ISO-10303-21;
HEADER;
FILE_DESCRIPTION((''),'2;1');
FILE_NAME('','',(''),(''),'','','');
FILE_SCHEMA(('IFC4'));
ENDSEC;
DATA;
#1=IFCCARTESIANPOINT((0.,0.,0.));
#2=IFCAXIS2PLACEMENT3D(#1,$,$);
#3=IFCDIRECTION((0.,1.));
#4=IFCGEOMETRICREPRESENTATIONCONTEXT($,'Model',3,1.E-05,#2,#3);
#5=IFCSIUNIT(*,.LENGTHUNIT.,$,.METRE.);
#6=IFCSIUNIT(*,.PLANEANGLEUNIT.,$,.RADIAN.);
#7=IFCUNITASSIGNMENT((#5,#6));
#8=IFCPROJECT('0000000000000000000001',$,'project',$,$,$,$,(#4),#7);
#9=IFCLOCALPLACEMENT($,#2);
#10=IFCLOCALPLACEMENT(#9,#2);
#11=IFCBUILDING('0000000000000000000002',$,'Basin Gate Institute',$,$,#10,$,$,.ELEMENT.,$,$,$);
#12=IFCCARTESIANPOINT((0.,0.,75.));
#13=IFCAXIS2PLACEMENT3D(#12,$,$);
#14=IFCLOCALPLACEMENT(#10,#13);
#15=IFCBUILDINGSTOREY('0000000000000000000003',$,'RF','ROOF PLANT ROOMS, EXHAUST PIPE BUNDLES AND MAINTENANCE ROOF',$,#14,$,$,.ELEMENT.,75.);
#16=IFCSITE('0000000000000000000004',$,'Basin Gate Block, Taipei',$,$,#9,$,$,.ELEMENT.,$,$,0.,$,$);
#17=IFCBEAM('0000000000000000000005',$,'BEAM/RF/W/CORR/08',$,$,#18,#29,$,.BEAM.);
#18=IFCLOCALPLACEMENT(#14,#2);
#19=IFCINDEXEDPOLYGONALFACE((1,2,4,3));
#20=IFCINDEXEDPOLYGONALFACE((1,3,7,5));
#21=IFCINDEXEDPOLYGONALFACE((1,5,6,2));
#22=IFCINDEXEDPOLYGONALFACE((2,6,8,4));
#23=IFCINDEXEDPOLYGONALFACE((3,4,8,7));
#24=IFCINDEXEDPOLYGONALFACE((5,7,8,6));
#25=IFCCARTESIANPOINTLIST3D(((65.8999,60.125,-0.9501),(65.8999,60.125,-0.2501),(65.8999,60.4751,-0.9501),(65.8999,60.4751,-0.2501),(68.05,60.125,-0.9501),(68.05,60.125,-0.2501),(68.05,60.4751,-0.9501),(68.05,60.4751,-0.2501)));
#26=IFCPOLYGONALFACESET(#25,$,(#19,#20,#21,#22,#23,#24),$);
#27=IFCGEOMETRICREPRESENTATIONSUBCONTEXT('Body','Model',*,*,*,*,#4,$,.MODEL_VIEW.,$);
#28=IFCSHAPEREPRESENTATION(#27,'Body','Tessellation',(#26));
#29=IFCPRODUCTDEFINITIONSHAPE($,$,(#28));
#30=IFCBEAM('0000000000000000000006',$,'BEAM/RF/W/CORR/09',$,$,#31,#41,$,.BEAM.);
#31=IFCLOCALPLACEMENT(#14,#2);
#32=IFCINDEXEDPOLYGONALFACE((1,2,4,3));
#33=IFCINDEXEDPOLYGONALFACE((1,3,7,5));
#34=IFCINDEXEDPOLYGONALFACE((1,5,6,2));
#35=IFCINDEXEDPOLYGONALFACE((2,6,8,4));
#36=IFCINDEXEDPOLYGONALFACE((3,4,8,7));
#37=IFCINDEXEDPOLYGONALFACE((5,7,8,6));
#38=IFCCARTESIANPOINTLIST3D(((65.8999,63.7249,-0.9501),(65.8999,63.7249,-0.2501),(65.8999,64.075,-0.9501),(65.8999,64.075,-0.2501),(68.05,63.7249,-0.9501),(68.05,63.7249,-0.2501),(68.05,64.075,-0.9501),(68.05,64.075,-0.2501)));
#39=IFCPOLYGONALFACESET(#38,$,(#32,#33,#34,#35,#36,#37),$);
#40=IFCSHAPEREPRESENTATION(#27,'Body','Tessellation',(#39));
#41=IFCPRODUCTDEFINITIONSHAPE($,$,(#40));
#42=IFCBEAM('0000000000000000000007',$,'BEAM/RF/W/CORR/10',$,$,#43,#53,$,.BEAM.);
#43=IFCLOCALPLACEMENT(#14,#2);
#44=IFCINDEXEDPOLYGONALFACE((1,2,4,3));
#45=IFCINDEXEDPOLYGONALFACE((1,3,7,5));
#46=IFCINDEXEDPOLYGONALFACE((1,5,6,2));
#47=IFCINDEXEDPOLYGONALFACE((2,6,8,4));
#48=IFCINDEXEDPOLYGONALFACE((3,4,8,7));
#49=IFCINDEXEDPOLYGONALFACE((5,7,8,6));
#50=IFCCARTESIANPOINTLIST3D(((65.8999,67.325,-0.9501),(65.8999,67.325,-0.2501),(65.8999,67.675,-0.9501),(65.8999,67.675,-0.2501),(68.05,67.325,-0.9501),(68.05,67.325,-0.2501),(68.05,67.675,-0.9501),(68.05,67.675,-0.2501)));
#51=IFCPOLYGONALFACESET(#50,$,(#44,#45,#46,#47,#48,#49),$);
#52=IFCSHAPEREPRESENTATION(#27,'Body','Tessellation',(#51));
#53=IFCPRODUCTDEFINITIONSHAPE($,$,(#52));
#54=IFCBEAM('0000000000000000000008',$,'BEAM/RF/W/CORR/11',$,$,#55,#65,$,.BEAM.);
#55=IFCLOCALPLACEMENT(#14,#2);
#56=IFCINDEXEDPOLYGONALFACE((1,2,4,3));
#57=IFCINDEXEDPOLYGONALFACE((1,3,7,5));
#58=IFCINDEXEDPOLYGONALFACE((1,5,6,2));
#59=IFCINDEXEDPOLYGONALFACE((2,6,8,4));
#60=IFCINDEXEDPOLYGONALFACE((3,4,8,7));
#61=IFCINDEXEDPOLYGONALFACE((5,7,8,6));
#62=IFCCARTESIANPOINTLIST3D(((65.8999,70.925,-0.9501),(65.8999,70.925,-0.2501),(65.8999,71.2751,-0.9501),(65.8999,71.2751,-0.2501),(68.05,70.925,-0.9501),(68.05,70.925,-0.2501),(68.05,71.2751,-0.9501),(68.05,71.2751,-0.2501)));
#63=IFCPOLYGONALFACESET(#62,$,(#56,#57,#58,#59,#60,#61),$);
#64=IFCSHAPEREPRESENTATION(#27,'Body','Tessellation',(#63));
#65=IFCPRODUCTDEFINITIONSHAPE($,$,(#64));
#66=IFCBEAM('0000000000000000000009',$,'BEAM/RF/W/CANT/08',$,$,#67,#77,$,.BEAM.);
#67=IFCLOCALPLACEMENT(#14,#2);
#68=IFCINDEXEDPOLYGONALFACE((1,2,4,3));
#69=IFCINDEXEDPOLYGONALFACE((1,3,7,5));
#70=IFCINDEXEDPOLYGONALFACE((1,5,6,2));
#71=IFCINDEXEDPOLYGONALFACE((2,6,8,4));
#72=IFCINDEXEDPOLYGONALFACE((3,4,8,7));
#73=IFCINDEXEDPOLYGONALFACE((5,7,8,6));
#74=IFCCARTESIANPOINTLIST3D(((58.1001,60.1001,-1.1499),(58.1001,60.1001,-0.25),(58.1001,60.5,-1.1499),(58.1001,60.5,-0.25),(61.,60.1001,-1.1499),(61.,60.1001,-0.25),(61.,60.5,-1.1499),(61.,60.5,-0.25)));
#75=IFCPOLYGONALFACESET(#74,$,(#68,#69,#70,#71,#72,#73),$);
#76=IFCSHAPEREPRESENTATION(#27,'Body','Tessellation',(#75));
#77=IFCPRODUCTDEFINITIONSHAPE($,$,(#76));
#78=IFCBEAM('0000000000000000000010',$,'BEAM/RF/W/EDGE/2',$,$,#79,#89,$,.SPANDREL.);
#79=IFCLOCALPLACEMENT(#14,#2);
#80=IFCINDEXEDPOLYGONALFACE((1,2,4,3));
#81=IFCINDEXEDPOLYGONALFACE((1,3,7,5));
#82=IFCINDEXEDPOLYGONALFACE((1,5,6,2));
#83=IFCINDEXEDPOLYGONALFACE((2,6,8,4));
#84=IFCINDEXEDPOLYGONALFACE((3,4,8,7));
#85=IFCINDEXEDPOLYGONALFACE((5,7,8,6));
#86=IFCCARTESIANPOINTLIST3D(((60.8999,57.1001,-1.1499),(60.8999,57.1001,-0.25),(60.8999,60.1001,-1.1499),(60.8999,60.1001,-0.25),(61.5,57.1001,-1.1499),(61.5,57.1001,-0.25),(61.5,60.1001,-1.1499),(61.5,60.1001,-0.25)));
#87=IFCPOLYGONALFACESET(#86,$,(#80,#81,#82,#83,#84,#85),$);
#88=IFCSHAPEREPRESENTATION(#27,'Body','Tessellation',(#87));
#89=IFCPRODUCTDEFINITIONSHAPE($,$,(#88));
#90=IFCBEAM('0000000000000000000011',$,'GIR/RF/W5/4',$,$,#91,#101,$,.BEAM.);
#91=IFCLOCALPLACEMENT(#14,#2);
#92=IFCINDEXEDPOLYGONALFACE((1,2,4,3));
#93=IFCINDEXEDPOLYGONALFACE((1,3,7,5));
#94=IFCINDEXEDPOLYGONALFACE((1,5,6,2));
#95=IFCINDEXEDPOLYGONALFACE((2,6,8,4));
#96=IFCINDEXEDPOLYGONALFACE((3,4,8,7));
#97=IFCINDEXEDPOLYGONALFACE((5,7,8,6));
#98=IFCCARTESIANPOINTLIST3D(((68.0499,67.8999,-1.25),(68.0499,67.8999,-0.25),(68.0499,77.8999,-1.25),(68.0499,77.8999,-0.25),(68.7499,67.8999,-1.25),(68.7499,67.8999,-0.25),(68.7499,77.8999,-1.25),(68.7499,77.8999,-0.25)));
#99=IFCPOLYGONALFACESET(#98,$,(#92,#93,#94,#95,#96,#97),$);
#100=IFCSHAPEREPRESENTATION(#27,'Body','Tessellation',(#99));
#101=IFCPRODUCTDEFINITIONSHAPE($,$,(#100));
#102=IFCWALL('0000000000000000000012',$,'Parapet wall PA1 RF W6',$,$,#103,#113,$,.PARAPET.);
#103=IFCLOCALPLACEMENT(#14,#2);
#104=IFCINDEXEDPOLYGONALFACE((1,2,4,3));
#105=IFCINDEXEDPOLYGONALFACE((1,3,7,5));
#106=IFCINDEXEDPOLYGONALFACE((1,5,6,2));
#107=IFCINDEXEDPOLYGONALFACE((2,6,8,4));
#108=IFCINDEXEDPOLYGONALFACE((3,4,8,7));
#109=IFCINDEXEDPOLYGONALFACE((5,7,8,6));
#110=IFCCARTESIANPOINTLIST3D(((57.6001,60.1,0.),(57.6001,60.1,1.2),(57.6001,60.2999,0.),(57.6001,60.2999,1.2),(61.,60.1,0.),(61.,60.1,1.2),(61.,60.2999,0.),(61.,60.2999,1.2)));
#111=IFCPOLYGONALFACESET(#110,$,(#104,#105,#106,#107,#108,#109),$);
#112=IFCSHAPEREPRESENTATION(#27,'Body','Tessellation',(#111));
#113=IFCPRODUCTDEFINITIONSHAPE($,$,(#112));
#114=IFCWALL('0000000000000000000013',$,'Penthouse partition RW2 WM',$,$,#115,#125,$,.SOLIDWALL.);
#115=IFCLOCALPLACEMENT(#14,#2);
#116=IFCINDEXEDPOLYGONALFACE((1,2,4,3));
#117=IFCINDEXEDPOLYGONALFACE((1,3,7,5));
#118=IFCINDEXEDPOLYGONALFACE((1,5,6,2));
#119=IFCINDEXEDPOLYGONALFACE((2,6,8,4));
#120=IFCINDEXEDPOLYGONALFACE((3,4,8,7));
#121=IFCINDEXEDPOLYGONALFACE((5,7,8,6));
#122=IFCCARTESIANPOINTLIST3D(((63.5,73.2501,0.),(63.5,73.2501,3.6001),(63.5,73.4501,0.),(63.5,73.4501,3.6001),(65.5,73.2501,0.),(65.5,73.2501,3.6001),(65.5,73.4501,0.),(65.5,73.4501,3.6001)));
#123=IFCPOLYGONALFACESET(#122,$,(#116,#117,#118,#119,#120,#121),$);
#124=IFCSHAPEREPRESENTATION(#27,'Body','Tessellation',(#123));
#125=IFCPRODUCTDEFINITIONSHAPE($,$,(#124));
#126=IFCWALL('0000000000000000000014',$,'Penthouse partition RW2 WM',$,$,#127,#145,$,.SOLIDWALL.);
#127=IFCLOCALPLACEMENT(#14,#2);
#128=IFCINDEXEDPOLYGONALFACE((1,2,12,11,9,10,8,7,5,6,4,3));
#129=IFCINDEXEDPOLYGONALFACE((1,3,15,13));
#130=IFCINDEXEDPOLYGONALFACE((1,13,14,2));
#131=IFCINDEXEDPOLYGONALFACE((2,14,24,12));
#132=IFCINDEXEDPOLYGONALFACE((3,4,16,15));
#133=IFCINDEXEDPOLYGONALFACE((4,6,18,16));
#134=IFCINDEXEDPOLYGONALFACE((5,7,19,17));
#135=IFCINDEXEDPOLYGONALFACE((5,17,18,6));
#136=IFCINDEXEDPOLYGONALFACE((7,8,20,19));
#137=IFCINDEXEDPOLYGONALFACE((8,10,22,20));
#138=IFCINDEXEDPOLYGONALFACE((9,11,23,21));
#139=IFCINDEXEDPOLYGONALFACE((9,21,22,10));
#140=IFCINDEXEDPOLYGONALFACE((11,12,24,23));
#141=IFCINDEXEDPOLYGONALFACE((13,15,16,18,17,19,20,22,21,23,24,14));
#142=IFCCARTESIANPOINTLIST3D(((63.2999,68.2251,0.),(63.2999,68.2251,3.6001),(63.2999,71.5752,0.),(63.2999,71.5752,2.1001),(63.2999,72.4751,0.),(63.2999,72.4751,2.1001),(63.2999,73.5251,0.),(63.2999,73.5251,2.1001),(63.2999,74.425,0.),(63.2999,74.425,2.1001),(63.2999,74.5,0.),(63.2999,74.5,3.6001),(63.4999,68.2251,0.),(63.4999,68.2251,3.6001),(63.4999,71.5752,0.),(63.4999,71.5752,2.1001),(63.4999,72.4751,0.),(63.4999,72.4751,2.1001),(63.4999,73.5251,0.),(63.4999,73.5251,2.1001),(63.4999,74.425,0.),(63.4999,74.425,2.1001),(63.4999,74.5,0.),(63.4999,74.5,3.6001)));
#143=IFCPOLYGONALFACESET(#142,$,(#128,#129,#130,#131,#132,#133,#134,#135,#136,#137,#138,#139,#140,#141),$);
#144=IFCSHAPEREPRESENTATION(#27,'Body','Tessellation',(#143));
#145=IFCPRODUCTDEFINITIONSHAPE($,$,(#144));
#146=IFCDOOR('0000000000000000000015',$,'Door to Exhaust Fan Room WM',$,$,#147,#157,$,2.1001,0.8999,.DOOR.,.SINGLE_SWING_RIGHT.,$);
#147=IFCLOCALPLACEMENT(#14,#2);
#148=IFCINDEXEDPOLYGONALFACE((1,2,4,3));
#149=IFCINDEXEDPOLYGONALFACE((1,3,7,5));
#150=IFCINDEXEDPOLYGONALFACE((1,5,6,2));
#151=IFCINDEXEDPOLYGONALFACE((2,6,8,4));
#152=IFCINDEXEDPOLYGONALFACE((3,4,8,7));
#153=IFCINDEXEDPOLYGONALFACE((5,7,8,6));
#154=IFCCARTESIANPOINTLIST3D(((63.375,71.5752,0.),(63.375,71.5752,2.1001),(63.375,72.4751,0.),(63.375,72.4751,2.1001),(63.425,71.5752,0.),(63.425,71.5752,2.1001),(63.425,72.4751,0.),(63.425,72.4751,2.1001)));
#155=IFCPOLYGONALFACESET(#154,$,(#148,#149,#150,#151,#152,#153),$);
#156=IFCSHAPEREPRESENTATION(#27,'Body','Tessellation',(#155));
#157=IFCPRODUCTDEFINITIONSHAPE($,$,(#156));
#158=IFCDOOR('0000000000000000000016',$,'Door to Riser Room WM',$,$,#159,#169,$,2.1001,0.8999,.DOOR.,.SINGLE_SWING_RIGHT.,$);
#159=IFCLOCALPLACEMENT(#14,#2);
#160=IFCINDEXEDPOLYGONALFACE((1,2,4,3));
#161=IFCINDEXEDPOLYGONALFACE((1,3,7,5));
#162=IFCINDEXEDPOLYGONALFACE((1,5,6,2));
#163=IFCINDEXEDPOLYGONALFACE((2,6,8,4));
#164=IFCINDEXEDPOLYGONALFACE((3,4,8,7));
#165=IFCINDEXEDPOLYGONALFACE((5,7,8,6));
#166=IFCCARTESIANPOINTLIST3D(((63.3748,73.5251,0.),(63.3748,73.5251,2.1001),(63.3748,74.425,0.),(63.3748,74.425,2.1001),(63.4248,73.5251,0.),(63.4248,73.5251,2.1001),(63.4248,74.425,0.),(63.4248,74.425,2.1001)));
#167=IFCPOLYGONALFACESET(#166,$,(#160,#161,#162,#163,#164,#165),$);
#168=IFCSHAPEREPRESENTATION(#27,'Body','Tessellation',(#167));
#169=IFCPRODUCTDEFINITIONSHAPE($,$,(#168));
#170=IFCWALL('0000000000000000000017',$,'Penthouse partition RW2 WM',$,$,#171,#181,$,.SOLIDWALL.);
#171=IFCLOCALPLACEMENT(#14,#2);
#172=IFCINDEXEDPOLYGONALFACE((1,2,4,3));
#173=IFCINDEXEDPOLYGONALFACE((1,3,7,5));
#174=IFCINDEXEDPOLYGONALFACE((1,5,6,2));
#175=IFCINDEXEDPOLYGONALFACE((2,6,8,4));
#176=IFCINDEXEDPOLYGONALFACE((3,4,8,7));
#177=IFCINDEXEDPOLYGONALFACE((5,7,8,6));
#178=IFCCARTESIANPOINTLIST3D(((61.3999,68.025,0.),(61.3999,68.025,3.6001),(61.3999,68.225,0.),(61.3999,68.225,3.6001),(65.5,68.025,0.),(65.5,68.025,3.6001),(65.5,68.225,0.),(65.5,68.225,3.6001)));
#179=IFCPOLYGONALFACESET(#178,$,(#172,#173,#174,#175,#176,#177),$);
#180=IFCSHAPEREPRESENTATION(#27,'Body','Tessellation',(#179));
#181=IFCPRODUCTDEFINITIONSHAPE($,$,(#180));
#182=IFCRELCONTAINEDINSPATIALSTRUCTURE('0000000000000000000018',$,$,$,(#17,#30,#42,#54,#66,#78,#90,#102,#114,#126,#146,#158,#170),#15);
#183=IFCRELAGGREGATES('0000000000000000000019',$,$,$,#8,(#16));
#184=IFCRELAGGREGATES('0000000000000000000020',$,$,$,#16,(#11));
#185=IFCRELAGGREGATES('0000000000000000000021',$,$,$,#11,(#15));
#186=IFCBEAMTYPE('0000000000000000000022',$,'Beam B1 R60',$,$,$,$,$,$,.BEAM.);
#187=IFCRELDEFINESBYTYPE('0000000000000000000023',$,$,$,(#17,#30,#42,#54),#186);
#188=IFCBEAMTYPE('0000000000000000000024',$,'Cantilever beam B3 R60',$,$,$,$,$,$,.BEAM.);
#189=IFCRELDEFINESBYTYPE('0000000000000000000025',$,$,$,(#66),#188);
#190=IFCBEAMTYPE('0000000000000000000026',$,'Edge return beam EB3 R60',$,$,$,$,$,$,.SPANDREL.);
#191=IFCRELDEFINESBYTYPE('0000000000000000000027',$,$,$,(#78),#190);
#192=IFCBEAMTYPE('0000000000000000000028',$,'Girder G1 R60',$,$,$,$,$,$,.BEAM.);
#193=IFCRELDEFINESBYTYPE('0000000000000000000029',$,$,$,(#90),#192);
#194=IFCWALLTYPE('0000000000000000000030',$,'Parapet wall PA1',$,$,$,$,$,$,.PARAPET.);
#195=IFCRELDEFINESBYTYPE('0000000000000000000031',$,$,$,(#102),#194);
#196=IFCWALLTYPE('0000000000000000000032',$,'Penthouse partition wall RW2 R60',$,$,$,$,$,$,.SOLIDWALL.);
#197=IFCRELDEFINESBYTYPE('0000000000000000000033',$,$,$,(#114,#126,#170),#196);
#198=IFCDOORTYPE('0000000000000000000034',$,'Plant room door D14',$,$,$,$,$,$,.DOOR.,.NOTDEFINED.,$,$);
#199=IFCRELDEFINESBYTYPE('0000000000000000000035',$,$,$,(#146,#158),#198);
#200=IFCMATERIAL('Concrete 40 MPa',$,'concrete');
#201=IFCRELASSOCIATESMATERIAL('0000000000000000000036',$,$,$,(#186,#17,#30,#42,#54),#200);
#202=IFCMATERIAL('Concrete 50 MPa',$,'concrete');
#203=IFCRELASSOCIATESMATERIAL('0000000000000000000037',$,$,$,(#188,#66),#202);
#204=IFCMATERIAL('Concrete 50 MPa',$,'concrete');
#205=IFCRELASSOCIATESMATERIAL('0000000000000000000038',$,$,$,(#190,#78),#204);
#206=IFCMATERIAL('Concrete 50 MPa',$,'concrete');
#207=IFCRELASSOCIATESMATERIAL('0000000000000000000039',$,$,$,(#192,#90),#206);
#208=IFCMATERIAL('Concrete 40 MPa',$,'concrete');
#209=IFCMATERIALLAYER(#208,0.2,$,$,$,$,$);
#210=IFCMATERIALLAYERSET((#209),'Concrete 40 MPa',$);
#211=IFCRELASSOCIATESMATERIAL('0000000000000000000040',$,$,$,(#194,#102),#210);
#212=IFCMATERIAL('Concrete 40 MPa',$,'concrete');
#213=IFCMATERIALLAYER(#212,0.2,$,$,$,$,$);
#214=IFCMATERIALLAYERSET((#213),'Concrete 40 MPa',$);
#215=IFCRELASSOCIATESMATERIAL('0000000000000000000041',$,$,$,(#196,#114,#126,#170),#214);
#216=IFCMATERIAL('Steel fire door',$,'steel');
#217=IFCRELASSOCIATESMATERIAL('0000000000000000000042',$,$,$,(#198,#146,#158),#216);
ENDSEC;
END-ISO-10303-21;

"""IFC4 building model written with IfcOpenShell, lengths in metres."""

from ifc_helpers import new_model, si_unit, direction, frame, frame_2d, origin, origin_2d, place, context, subcontext, project, spatial, rectangle, extrude, material, layer, layer_set, material_profile, profile_set, type_object, element, fill, save


model = new_model("IFC4")

# Units and contexts
model_context = context("Model", 3, precision=1e-05, world=origin(), true_north=direction((0.0, 1.0)))
body_context = subcontext(model_context, "Body", "Model", "MODEL_VIEW")
ifc_project = project(units=[si_unit("LENGTHUNIT", "METRE"), si_unit("PLANEANGLEUNIT", "RADIAN")], contexts=[model_context])

# Site, building, storey
site_placement = place(None, origin())
site = spatial("IfcSite", under=ifc_project, at=site_placement, Name="Basin Gate Block, Taipei", CompositionType="ELEMENT", RefElevation=0.0)
building_placement = place(site_placement, origin())
building = spatial("IfcBuilding", under=site, at=building_placement, Name="Basin Gate Institute", CompositionType="ELEMENT")
storey_placement = place(building_placement, frame((0.0, 0.0, 75.0)))
storey = spatial("IfcBuildingStorey", under=building, at=storey_placement, Name="RF", Description="ROOF PLANT ROOMS, EXHAUST PIPE BUNDLES AND MAINTENANCE ROOF", CompositionType="ELEMENT", Elevation=75.0)

# Beams
ifc_material_1 = material(Name="Concrete 40 MPa", Category="concrete")
ifc_material_profile_1 = material_profile(ifc_material_1, rectangle(XDim=0.3501, YDim=0.7, at=origin_2d()), Name="Beam B1 350 x 700")
ifc_profile_set_1 = profile_set([ifc_material_profile_1], Name="Concrete 40 MPa")
beam_type_1 = type_object("IfcBeamType", Name="Beam B1 R60", PredefinedType="BEAM", material=ifc_profile_set_1)
for number, where, z_axis, x_axis, name in (
    (1, (65.8999, 60.3, -0.6001), (1.0, 0.0, 0.0), (0.0, 1.0, 0.0), "BEAM/RF/W/CORR/08"),
    (2, (65.8999, 63.8999, -0.6001), (1.0, 0.0, 0.0), (0.0, 1.0, 0.0), "BEAM/RF/W/CORR/09"),
    (3, (65.8999, 67.5, -0.6001), (1.0, 0.0, 0.0), (0.0, 1.0, 0.0), "BEAM/RF/W/CORR/10"),
    (4, (65.8999, 71.1001, -0.6001), (1.0, 0.0, 0.0), (0.0, 1.0, 0.0), "BEAM/RF/W/CORR/11"),
):
    element("IfcBeam", number, at=place(storey_placement, frame(where, z_axis=z_axis, x_axis=x_axis)), inside=storey, type_object=beam_type_1, material=ifc_profile_set_1, Name=name, PredefinedType="BEAM", context=body_context, shape_type="SweptSolid", body=[
        extrude(rectangle(XDim=0.3501, YDim=0.7, at=origin_2d()), origin(), (0.0, 0.0, 1.0), 2.1501),
    ])
ifc_material_2 = material(Name="Concrete 50 MPa", Category="concrete")
ifc_material_profile_2 = material_profile(ifc_material_2, rectangle(XDim=0.3999, YDim=0.8999, at=origin_2d()), Name="Cantilever beam B3 400 x 900")
ifc_profile_set_2 = profile_set([ifc_material_profile_2], Name="Concrete 50 MPa")
beam_type_2 = type_object("IfcBeamType", Name="Cantilever beam B3 R60", PredefinedType="BEAM", material=ifc_profile_set_2)
beam_1_placement = place(storey_placement, frame((58.1001, 60.3, -0.7), z_axis=(1.0, 0.0, 0.0), x_axis=(0.0, 1.0, 0.0)))
element("IfcBeam", 5, at=beam_1_placement, inside=storey, type_object=beam_type_2, material=ifc_profile_set_2, Name="BEAM/RF/W/CANT/08", PredefinedType="BEAM", context=body_context, shape_type="SweptSolid", body=[
    extrude(rectangle(XDim=0.3999, YDim=0.8999, at=origin_2d()), origin(), (0.0, 0.0, 1.0), 2.8999),
])
ifc_material_3 = material(Name="Concrete 50 MPa", Category="concrete")
ifc_material_profile_3 = material_profile(ifc_material_3, rectangle(XDim=0.6001, YDim=0.8999, at=origin_2d()), Name="Edge return beam EB3 600 x 900")
ifc_profile_set_3 = profile_set([ifc_material_profile_3], Name="Concrete 50 MPa")
beam_type_3 = type_object("IfcBeamType", Name="Edge return beam EB3 R60", PredefinedType="SPANDREL", material=ifc_profile_set_3)
beam_2_placement = place(storey_placement, frame((61.2, 57.1001, -0.7), z_axis=(0.0, 1.0, 0.0), x_axis=(-1.0, 0.0, 0.0)))
element("IfcBeam", 6, at=beam_2_placement, inside=storey, type_object=beam_type_3, material=ifc_profile_set_3, Name="BEAM/RF/W/EDGE/2", PredefinedType="SPANDREL", context=body_context, shape_type="SweptSolid", body=[
    extrude(rectangle(XDim=0.6001, YDim=0.8999, at=origin_2d()), origin(), (0.0, 0.0, 1.0), 3.0),
])
ifc_material_4 = material(Name="Concrete 50 MPa", Category="concrete")
ifc_material_profile_4 = material_profile(ifc_material_4, rectangle(XDim=0.7, YDim=1.0, at=origin_2d()), Name="Girder G1 700 x 1000")
ifc_profile_set_4 = profile_set([ifc_material_profile_4], Name="Concrete 50 MPa")
beam_type_4 = type_object("IfcBeamType", Name="Girder G1 R60", PredefinedType="BEAM", material=ifc_profile_set_4)
beam_3_placement = place(storey_placement, frame((68.3999, 67.8999, -0.75), z_axis=(0.0, 1.0, 0.0), x_axis=(-1.0, 0.0, 0.0)))
element("IfcBeam", 7, at=beam_3_placement, inside=storey, type_object=beam_type_4, material=ifc_profile_set_4, Name="GIR/RF/W5/4", PredefinedType="BEAM", context=body_context, shape_type="SweptSolid", body=[
    extrude(rectangle(XDim=0.7, YDim=1.0, at=origin_2d()), origin(), (0.0, 0.0, 1.0), 10.0),
])

# Walls
ifc_material_5 = material(Name="Concrete 40 MPa", Category="concrete")
ifc_layer_1 = layer(ifc_material_5, 0.2)
ifc_layer_set_1 = layer_set([ifc_layer_1], Name="Concrete 40 MPa")
wall_type_1 = type_object("IfcWallType", Name="Parapet wall PA1", PredefinedType="PARAPET", material=ifc_layer_set_1)
wall_1_placement = place(storey_placement, frame((57.6001, 60.2, 0.0), z_axis=(0.0, 0.0, 1.0), x_axis=(1.0, 0.0, 0.0)))
element("IfcWall", 8, at=wall_1_placement, inside=storey, type_object=wall_type_1, material=ifc_layer_set_1, Name="Parapet wall PA1 RF W6", PredefinedType="PARAPET", context=body_context, shape_type="SweptSolid", body=[
    extrude(rectangle(XDim=3.3999, YDim=0.2, at=frame_2d((1.7, 0.0))), origin(), (0.0, 0.0, 1.0), 1.2),
])
ifc_material_6 = material(Name="Concrete 40 MPa", Category="concrete")
ifc_layer_2 = layer(ifc_material_6, 0.2)
ifc_layer_set_2 = layer_set([ifc_layer_2], Name="Concrete 40 MPa")
wall_type_2 = type_object("IfcWallType", Name="Penthouse partition wall RW2 R60", PredefinedType="SOLIDWALL", material=ifc_layer_set_2)
wall_2_placement = place(storey_placement, frame((63.5, 73.3501, 0.0), z_axis=(0.0, 0.0, 1.0), x_axis=(1.0, 0.0, 0.0)))
element("IfcWall", 9, at=wall_2_placement, inside=storey, type_object=wall_type_2, material=ifc_layer_set_2, Name="Penthouse partition RW2 WM", PredefinedType="SOLIDWALL", context=body_context, shape_type="SweptSolid", body=[
    extrude(rectangle(XDim=2.0, YDim=0.2, at=frame_2d((1.0, 0.0))), origin(), (0.0, 0.0, 1.0), 3.6001),
])

# Wall, openings, doors
wall_3_placement = place(storey_placement, frame((63.3999, 68.2251, 0.0), z_axis=(0.0, 0.0, 1.0), x_axis=(0.0, 1.0, 0.0)))
wall_3 = element("IfcWall", 10, at=wall_3_placement, inside=storey, type_object=wall_type_2, material=ifc_layer_set_2, Name="Penthouse partition RW2 WM", PredefinedType="SOLIDWALL", context=body_context, shape_type="SweptSolid", body=[
    extrude(rectangle(XDim=6.2749, YDim=0.2, at=frame_2d((3.1375, 0.0))), origin(), (0.0, 0.0, 1.0), 3.6001),
])
opening_1_placement = place(wall_3_placement, frame((3.3501, 0.0, 0.0)))
opening_1 = element("IfcOpeningElement", 11, at=opening_1_placement, cuts=wall_3, PredefinedType="OPENING", context=body_context, shape_type="SweptSolid", body=[
    extrude(rectangle(XDim=0.8999, YDim=2.1001, at=frame_2d((0.45, 1.05))), frame((0.0, 0.1099, 0.0), z_axis=(0.0, -1.0, 0.0), x_axis=(1.0, 0.0, 0.0)), (0.0, 0.0, 1.0), 0.22),
])
opening_2_placement = place(wall_3_placement, frame((5.3, 0.0, 0.0)))
opening_2 = element("IfcOpeningElement", 12, at=opening_2_placement, cuts=wall_3, PredefinedType="OPENING", context=body_context, shape_type="SweptSolid", body=[
    extrude(rectangle(XDim=0.8999, YDim=2.1001, at=frame_2d((0.45, 1.05))), frame((0.0, 0.1099, 0.0), z_axis=(0.0, -1.0, 0.0), x_axis=(1.0, 0.0, 0.0)), (0.0, 0.0, 1.0), 0.22),
])
ifc_material_7 = material(Name="Steel fire door", Category="steel")
door_type_1 = type_object("IfcDoorType", Name="Plant room door D14", OperationType="NOTDEFINED", PredefinedType="DOOR", material=ifc_material_7)
door_1_placement = place(opening_1_placement, origin())
door_1 = element("IfcDoor", 13, at=door_1_placement, inside=storey, type_object=door_type_1, material=ifc_material_7, Name="Door to Exhaust Fan Room WM", OperationType="SINGLE_SWING_RIGHT", OverallHeight=2.1001, OverallWidth=0.8999, PredefinedType="DOOR", context=body_context, shape_type="SweptSolid", body=[
    extrude(rectangle(XDim=0.8999, YDim=2.1001, at=frame_2d((0.45, 1.05))), frame((0.0, 0.0249, 0.0), z_axis=(0.0, -1.0, 0.0), x_axis=(1.0, 0.0, 0.0)), (0.0, 0.0, 1.0), 0.05),
])
fill(opening_1, door_1)
door_2_placement = place(opening_2_placement, frame((0.8999, 0.0, 0.0), z_axis=(0.0, 0.0, 1.0), x_axis=(-1.0, 0.0, 0.0)))
door_2 = element("IfcDoor", 14, at=door_2_placement, inside=storey, type_object=door_type_1, material=ifc_material_7, Name="Door to Riser Room WM", OperationType="SINGLE_SWING_RIGHT", OverallHeight=2.1001, OverallWidth=0.8999, PredefinedType="DOOR", context=body_context, shape_type="SweptSolid", body=[
    extrude(rectangle(XDim=0.8999, YDim=2.1001, at=frame_2d((0.45, 1.05))), frame((0.0, 0.0249, 0.0), z_axis=(0.0, -1.0, 0.0), x_axis=(1.0, 0.0, 0.0)), (0.0, 0.0, 1.0), 0.05),
])
fill(opening_2, door_2)

# Wall
wall_4_placement = place(storey_placement, frame((61.3999, 68.125, 0.0), z_axis=(0.0, 0.0, 1.0), x_axis=(1.0, 0.0, 0.0)))
element("IfcWall", 15, at=wall_4_placement, inside=storey, type_object=wall_type_2, material=ifc_layer_set_2, Name="Penthouse partition RW2 WM", PredefinedType="SOLIDWALL", context=body_context, shape_type="SweptSolid", body=[
    extrude(rectangle(XDim=4.1001, YDim=0.2, at=frame_2d((2.05, 0.0))), origin(), (0.0, 0.0, 1.0), 3.6001),
])

save(model, "model.ifc")
